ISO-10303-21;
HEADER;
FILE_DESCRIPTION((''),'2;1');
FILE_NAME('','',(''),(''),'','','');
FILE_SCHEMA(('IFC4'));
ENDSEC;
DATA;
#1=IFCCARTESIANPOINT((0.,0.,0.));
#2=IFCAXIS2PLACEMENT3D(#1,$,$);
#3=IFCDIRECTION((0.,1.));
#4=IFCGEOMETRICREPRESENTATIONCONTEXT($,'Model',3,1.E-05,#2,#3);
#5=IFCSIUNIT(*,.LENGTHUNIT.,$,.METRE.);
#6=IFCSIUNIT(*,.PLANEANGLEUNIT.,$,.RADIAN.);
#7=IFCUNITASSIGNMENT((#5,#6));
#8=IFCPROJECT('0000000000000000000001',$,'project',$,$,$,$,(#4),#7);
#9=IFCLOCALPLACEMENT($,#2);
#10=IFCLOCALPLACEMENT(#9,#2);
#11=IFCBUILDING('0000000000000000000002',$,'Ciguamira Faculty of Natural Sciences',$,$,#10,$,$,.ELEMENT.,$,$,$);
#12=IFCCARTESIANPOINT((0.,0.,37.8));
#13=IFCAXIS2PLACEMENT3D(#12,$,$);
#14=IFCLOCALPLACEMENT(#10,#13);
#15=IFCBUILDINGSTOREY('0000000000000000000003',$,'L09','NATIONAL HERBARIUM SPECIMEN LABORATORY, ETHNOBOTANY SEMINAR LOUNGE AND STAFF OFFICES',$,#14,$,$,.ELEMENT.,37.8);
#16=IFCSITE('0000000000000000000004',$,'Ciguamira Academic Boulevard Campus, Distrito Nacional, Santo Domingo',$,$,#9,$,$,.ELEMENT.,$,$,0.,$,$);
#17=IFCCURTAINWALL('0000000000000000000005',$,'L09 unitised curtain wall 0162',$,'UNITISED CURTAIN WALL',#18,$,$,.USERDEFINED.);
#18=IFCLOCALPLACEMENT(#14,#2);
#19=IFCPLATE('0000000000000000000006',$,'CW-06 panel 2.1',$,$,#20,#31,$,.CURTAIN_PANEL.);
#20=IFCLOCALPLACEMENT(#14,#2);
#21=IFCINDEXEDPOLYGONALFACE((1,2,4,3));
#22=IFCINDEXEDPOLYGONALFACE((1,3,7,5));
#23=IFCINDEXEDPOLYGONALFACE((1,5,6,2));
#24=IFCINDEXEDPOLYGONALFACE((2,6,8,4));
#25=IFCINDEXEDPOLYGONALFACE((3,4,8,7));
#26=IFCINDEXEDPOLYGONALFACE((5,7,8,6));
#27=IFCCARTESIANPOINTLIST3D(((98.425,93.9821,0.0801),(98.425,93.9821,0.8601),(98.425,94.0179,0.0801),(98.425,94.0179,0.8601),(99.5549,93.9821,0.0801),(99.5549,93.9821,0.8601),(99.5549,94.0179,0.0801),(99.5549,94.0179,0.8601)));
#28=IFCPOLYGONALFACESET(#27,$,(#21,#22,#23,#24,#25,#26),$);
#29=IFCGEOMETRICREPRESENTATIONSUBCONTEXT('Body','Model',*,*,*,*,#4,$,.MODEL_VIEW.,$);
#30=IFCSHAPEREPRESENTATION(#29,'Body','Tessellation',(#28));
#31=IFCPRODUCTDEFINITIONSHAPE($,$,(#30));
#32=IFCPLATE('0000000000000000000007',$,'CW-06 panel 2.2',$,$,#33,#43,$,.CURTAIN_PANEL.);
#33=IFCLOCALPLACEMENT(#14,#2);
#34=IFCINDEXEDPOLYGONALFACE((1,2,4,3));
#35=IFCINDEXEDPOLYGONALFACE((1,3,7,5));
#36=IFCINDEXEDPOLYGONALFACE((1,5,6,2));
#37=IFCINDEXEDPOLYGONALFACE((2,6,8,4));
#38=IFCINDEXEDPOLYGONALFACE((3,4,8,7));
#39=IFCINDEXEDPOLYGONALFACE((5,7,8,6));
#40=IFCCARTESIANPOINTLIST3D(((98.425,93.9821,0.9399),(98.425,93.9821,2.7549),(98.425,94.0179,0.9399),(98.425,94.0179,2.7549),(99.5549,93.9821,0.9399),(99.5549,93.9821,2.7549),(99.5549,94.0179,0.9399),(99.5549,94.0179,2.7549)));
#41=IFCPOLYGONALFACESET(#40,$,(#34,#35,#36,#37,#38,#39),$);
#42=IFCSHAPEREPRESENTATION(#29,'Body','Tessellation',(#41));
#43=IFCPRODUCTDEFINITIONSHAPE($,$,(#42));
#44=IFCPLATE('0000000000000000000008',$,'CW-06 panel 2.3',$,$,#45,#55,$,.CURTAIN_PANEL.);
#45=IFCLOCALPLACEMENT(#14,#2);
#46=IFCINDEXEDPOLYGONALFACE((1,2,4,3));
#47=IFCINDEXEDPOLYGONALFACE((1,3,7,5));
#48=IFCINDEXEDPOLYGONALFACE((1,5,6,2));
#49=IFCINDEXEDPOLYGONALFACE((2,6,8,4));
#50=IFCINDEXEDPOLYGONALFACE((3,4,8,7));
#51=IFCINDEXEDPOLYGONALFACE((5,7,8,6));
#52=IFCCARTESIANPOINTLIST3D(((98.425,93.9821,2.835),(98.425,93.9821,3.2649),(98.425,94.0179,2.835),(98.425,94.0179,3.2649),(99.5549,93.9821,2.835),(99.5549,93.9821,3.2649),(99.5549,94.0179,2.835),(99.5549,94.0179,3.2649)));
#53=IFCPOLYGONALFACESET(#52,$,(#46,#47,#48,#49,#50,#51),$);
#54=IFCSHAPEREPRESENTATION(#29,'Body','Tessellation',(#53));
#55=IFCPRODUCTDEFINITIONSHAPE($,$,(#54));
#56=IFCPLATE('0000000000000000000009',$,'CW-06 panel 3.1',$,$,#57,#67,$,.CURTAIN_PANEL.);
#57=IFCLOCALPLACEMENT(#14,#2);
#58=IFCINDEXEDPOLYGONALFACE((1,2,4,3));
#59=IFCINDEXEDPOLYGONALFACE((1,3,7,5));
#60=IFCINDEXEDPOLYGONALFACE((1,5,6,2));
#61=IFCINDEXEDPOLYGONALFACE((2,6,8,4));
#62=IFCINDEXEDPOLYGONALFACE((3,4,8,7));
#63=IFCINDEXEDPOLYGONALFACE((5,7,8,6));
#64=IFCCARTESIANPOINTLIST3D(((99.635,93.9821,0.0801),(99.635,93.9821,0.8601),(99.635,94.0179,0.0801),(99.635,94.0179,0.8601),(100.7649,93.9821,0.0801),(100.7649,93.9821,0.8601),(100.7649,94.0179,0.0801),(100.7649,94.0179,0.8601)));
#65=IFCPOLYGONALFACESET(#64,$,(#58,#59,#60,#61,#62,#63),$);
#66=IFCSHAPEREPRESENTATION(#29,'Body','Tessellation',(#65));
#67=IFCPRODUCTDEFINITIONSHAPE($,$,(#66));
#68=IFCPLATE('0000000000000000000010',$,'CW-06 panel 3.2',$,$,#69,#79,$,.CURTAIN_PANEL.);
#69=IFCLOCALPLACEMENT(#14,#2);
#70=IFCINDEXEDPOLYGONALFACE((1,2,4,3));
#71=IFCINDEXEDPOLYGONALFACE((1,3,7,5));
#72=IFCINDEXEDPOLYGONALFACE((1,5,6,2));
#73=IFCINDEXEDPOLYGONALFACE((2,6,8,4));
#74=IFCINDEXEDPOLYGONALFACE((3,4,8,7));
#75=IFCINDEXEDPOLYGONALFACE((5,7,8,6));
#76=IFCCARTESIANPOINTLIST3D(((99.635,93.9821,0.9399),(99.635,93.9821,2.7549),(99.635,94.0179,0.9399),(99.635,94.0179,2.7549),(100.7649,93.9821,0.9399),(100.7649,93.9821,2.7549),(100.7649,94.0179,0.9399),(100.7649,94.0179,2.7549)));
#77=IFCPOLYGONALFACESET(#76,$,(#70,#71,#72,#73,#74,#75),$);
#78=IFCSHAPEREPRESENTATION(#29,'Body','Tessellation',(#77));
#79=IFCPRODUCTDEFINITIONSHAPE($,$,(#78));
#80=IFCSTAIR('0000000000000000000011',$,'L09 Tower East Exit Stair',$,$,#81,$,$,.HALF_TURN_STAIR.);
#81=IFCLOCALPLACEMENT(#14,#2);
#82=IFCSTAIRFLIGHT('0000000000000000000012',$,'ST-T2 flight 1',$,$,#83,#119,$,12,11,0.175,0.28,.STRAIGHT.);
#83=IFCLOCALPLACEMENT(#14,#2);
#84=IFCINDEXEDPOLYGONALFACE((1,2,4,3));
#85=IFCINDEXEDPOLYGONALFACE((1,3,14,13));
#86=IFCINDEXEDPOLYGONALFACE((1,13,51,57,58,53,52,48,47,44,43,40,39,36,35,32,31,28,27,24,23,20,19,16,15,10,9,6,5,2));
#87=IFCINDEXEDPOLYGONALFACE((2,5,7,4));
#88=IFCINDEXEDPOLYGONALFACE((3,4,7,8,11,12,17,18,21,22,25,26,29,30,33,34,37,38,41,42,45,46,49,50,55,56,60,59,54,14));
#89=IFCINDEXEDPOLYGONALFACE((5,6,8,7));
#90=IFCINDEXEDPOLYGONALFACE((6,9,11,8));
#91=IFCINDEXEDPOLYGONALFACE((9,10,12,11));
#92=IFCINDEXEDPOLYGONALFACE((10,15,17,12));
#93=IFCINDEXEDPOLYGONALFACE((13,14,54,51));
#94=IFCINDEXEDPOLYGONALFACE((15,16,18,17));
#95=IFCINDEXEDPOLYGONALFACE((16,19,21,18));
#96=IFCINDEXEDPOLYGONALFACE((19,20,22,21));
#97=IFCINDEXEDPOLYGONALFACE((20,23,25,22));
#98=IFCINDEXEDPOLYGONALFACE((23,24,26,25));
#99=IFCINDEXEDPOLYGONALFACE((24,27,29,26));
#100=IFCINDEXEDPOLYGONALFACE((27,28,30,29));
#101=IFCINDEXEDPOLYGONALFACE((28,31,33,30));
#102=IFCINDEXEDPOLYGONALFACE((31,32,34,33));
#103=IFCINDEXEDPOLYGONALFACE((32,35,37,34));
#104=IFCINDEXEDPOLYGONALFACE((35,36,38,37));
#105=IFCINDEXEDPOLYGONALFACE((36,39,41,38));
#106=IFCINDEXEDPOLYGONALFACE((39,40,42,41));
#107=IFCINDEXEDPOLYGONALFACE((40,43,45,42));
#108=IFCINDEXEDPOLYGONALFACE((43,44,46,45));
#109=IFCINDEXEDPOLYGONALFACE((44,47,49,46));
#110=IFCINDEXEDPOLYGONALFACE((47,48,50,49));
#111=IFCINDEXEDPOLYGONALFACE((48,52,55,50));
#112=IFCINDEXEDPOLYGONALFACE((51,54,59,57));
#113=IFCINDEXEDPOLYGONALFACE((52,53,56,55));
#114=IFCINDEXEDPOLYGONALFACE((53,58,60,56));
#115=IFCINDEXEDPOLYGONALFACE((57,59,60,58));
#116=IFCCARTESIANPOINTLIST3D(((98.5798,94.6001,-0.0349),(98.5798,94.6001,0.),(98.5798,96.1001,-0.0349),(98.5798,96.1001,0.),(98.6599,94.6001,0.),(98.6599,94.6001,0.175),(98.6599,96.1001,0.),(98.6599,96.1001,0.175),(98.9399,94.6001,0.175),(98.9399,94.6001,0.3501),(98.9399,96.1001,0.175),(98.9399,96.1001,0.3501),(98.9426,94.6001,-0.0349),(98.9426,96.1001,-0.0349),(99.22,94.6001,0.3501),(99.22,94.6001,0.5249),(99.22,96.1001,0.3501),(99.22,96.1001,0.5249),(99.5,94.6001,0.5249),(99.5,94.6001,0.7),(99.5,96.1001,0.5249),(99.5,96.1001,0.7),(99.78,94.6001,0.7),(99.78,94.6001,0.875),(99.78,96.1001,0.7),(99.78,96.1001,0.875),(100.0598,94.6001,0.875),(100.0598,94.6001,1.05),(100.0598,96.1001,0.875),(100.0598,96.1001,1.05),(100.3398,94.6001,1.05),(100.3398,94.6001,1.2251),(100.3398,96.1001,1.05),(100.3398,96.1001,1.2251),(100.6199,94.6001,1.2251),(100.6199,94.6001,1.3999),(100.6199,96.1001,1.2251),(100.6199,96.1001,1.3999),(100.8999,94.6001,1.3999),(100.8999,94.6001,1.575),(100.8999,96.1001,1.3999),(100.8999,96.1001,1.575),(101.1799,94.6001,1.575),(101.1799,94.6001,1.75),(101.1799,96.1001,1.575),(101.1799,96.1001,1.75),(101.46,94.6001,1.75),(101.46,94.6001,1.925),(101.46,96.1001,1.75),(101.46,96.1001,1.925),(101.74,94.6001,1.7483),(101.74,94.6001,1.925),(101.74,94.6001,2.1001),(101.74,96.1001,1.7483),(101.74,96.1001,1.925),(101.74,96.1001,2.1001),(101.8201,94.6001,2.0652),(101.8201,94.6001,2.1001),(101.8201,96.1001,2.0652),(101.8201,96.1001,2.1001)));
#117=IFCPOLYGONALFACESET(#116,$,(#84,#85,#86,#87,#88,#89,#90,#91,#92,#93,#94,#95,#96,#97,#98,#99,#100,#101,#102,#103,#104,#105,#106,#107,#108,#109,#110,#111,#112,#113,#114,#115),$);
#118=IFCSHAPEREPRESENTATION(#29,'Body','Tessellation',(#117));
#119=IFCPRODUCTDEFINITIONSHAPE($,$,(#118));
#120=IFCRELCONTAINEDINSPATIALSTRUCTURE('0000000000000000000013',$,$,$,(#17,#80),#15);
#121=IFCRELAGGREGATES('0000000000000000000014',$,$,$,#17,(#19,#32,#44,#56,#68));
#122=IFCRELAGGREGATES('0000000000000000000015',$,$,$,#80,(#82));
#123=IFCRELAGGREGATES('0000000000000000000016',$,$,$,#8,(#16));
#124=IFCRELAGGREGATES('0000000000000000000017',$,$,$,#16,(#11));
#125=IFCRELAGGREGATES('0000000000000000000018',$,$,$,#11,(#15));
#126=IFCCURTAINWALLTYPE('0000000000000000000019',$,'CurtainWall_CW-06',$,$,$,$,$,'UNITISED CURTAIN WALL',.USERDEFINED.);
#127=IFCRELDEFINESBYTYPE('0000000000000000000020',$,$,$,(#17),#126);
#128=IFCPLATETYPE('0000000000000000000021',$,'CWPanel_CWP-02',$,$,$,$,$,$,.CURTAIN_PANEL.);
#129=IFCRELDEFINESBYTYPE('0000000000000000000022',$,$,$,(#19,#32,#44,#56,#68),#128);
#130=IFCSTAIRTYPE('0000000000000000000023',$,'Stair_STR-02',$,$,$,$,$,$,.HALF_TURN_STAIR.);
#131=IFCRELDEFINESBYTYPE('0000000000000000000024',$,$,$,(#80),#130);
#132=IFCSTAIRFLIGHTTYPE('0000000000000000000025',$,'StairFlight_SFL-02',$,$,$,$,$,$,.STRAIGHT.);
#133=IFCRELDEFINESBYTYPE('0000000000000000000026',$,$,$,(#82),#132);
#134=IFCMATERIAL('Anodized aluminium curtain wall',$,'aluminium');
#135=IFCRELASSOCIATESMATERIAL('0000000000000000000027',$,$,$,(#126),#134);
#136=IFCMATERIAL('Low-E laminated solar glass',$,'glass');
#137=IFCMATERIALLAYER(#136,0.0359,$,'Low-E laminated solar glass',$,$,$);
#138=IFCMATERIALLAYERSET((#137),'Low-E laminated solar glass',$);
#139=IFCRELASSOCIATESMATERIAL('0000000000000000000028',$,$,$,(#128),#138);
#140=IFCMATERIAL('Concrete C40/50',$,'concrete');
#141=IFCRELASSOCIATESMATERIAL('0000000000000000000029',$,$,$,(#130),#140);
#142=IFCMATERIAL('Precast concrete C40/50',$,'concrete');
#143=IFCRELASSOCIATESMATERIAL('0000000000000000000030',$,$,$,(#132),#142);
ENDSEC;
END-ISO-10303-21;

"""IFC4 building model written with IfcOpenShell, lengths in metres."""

from ifc_helpers import new_model, si_unit, direction, frame, origin, origin_2d, place, context, subcontext, project, spatial, polyline, rectangle, outline, extrude, material, layer, layer_set, type_object, element, aggregate, save


model = new_model("IFC4")

# Units and contexts
model_context = context("Model", 3, precision=1e-05, world=origin(), true_north=direction((0.0, 1.0)))
body_context = subcontext(model_context, "Body", "Model", "MODEL_VIEW")
ifc_project = project(units=[si_unit("LENGTHUNIT", "METRE"), si_unit("PLANEANGLEUNIT", "RADIAN")], contexts=[model_context])

# Site, building, storey
site_placement = place(None, origin())
site = spatial("IfcSite", under=ifc_project, at=site_placement, Name="Ciguamira Academic Boulevard Campus, Distrito Nacional, Santo Domingo", CompositionType="ELEMENT", RefElevation=0.0)
building_placement = place(site_placement, origin())
building = spatial("IfcBuilding", under=site, at=building_placement, Name="Ciguamira Faculty of Natural Sciences", CompositionType="ELEMENT")
storey_placement = place(building_placement, frame((0.0, 0.0, 37.8)))
storey = spatial("IfcBuildingStorey", under=building, at=storey_placement, Name="L09", Description="NATIONAL HERBARIUM SPECIMEN LABORATORY, ETHNOBOTANY SEMINAR LOUNGE AND STAFF OFFICES", CompositionType="ELEMENT", Elevation=37.8)

# Curtain wall, plates
ifc_material_1 = material(Name="Anodized aluminium curtain wall", Category="aluminium")
curtain_wall_type = type_object("IfcCurtainWallType", Name="CurtainWall_CW-06", ElementType="UNITISED CURTAIN WALL", PredefinedType="USERDEFINED", material=ifc_material_1)
curtain_wall_placement = place(storey_placement, origin())
curtain_wall = element("IfcCurtainWall", 1, at=curtain_wall_placement, inside=storey, type_object=curtain_wall_type, Name="L09 unitised curtain wall 0162", ObjectType="UNITISED CURTAIN WALL", PredefinedType="USERDEFINED")
ifc_material_2 = material(Name="Low-E laminated solar glass", Category="glass")
ifc_layer = layer(ifc_material_2, 0.0359, Name="Low-E laminated solar glass")
ifc_layer_set = layer_set([ifc_layer], Name="Low-E laminated solar glass")
plate_type = type_object("IfcPlateType", Name="CWPanel_CWP-02", PredefinedType="CURTAIN_PANEL", material=ifc_layer_set)
plate_1_placement = place(storey_placement, frame((98.99, 94.0, 0.0801), z_axis=(0.0, 0.0, 1.0), x_axis=(1.0, 0.0, 0.0)))
plate_1 = element("IfcPlate", 2, at=plate_1_placement, type_object=plate_type, Name="CW-06 panel 2.1", PredefinedType="CURTAIN_PANEL", context=body_context, shape_type="SweptSolid", body=[
    extrude(rectangle(XDim=1.1299, YDim=0.0359, at=origin_2d()), origin(), (0.0, 0.0, 1.0), 0.78),
])
plate_2_placement = place(storey_placement, frame((98.99, 94.0, 0.9399), z_axis=(0.0, 0.0, 1.0), x_axis=(1.0, 0.0, 0.0)))
plate_2 = element("IfcPlate", 3, at=plate_2_placement, type_object=plate_type, Name="CW-06 panel 2.2", PredefinedType="CURTAIN_PANEL", context=body_context, shape_type="SweptSolid", body=[
    extrude(rectangle(XDim=1.1299, YDim=0.0359, at=origin_2d()), origin(), (0.0, 0.0, 1.0), 1.8149),
])
plate_3_placement = place(storey_placement, frame((98.99, 94.0, 2.835), z_axis=(0.0, 0.0, 1.0), x_axis=(1.0, 0.0, 0.0)))
plate_3 = element("IfcPlate", 4, at=plate_3_placement, type_object=plate_type, Name="CW-06 panel 2.3", PredefinedType="CURTAIN_PANEL", context=body_context, shape_type="SweptSolid", body=[
    extrude(rectangle(XDim=1.1299, YDim=0.0359, at=origin_2d()), origin(), (0.0, 0.0, 1.0), 0.4299),
])
plate_4_placement = place(storey_placement, frame((100.2, 94.0, 0.0801), z_axis=(0.0, 0.0, 1.0), x_axis=(1.0, 0.0, 0.0)))
plate_4 = element("IfcPlate", 5, at=plate_4_placement, type_object=plate_type, Name="CW-06 panel 3.1", PredefinedType="CURTAIN_PANEL", context=body_context, shape_type="SweptSolid", body=[
    extrude(rectangle(XDim=1.1299, YDim=0.0359, at=origin_2d()), origin(), (0.0, 0.0, 1.0), 0.78),
])
plate_5_placement = place(storey_placement, frame((100.2, 94.0, 0.9399), z_axis=(0.0, 0.0, 1.0), x_axis=(1.0, 0.0, 0.0)))
plate_5 = element("IfcPlate", 6, at=plate_5_placement, type_object=plate_type, Name="CW-06 panel 3.2", PredefinedType="CURTAIN_PANEL", context=body_context, shape_type="SweptSolid", body=[
    extrude(rectangle(XDim=1.1299, YDim=0.0359, at=origin_2d()), origin(), (0.0, 0.0, 1.0), 1.8149),
])
aggregate(curtain_wall, [plate_1, plate_2, plate_3, plate_4, plate_5])

# Stair, stair flight
ifc_material_3 = material(Name="Concrete C40/50", Category="concrete")
stair_type = type_object("IfcStairType", Name="Stair_STR-02", PredefinedType="HALF_TURN_STAIR", material=ifc_material_3)
stair_placement = place(storey_placement, origin())
stair = element("IfcStair", 7, at=stair_placement, inside=storey, type_object=stair_type, Name="L09 Tower East Exit Stair", PredefinedType="HALF_TURN_STAIR")
ifc_material_4 = material(Name="Precast concrete C40/50", Category="concrete")
stair_flight_type = type_object("IfcStairFlightType", Name="StairFlight_SFL-02", PredefinedType="STRAIGHT", material=ifc_material_4)
stair_flight_placement = place(storey_placement, frame((98.6599, 95.3501, 0.0), z_axis=(0.0, 0.0, 1.0), x_axis=(1.0, 0.0, 0.0)))
stair_flight = element("IfcStairFlight", 8, at=stair_flight_placement, type_object=stair_flight_type, Name="ST-T2 flight 1", NumberOfRisers=12, NumberOfTreads=11, PredefinedType="STRAIGHT", RiserHeight=0.175, TreadLength=0.28, context=body_context, shape_type="SweptSolid", body=[
    extrude(outline(polyline([(-0.0801, -0.0349), (-0.0801, 0.0), (0.0, 0.0), (0.0, 0.175), (0.28, 0.175), (0.28, 0.3501), (0.5601, 0.3501), (0.5601, 0.5249), (0.8401, 0.5249), (0.8401, 0.7), (1.1201, 0.7), (1.1201, 0.875), (1.3999, 0.875), (1.3999, 1.05), (1.6799, 1.05), (1.6799, 1.2251), (1.96, 1.2251), (1.96, 1.3999), (2.24, 1.3999), (2.24, 1.575), (2.52, 1.575), (2.52, 1.75), (2.8, 1.75), (2.8, 1.925), (3.0801, 1.925), (3.0801, 2.1001), (3.1602, 2.1001), (3.1602, 2.0652), (3.0801, 1.7483), (0.2827, -0.0349), (-0.0801, -0.0349)])), frame((0.0, 0.75, 0.0), z_axis=(0.0, -1.0, 0.0), x_axis=(1.0, 0.0, 0.0)), (0.0, 0.0, 1.0), 1.5),
])
aggregate(stair, [stair_flight])

save(model, "model.ifc")
